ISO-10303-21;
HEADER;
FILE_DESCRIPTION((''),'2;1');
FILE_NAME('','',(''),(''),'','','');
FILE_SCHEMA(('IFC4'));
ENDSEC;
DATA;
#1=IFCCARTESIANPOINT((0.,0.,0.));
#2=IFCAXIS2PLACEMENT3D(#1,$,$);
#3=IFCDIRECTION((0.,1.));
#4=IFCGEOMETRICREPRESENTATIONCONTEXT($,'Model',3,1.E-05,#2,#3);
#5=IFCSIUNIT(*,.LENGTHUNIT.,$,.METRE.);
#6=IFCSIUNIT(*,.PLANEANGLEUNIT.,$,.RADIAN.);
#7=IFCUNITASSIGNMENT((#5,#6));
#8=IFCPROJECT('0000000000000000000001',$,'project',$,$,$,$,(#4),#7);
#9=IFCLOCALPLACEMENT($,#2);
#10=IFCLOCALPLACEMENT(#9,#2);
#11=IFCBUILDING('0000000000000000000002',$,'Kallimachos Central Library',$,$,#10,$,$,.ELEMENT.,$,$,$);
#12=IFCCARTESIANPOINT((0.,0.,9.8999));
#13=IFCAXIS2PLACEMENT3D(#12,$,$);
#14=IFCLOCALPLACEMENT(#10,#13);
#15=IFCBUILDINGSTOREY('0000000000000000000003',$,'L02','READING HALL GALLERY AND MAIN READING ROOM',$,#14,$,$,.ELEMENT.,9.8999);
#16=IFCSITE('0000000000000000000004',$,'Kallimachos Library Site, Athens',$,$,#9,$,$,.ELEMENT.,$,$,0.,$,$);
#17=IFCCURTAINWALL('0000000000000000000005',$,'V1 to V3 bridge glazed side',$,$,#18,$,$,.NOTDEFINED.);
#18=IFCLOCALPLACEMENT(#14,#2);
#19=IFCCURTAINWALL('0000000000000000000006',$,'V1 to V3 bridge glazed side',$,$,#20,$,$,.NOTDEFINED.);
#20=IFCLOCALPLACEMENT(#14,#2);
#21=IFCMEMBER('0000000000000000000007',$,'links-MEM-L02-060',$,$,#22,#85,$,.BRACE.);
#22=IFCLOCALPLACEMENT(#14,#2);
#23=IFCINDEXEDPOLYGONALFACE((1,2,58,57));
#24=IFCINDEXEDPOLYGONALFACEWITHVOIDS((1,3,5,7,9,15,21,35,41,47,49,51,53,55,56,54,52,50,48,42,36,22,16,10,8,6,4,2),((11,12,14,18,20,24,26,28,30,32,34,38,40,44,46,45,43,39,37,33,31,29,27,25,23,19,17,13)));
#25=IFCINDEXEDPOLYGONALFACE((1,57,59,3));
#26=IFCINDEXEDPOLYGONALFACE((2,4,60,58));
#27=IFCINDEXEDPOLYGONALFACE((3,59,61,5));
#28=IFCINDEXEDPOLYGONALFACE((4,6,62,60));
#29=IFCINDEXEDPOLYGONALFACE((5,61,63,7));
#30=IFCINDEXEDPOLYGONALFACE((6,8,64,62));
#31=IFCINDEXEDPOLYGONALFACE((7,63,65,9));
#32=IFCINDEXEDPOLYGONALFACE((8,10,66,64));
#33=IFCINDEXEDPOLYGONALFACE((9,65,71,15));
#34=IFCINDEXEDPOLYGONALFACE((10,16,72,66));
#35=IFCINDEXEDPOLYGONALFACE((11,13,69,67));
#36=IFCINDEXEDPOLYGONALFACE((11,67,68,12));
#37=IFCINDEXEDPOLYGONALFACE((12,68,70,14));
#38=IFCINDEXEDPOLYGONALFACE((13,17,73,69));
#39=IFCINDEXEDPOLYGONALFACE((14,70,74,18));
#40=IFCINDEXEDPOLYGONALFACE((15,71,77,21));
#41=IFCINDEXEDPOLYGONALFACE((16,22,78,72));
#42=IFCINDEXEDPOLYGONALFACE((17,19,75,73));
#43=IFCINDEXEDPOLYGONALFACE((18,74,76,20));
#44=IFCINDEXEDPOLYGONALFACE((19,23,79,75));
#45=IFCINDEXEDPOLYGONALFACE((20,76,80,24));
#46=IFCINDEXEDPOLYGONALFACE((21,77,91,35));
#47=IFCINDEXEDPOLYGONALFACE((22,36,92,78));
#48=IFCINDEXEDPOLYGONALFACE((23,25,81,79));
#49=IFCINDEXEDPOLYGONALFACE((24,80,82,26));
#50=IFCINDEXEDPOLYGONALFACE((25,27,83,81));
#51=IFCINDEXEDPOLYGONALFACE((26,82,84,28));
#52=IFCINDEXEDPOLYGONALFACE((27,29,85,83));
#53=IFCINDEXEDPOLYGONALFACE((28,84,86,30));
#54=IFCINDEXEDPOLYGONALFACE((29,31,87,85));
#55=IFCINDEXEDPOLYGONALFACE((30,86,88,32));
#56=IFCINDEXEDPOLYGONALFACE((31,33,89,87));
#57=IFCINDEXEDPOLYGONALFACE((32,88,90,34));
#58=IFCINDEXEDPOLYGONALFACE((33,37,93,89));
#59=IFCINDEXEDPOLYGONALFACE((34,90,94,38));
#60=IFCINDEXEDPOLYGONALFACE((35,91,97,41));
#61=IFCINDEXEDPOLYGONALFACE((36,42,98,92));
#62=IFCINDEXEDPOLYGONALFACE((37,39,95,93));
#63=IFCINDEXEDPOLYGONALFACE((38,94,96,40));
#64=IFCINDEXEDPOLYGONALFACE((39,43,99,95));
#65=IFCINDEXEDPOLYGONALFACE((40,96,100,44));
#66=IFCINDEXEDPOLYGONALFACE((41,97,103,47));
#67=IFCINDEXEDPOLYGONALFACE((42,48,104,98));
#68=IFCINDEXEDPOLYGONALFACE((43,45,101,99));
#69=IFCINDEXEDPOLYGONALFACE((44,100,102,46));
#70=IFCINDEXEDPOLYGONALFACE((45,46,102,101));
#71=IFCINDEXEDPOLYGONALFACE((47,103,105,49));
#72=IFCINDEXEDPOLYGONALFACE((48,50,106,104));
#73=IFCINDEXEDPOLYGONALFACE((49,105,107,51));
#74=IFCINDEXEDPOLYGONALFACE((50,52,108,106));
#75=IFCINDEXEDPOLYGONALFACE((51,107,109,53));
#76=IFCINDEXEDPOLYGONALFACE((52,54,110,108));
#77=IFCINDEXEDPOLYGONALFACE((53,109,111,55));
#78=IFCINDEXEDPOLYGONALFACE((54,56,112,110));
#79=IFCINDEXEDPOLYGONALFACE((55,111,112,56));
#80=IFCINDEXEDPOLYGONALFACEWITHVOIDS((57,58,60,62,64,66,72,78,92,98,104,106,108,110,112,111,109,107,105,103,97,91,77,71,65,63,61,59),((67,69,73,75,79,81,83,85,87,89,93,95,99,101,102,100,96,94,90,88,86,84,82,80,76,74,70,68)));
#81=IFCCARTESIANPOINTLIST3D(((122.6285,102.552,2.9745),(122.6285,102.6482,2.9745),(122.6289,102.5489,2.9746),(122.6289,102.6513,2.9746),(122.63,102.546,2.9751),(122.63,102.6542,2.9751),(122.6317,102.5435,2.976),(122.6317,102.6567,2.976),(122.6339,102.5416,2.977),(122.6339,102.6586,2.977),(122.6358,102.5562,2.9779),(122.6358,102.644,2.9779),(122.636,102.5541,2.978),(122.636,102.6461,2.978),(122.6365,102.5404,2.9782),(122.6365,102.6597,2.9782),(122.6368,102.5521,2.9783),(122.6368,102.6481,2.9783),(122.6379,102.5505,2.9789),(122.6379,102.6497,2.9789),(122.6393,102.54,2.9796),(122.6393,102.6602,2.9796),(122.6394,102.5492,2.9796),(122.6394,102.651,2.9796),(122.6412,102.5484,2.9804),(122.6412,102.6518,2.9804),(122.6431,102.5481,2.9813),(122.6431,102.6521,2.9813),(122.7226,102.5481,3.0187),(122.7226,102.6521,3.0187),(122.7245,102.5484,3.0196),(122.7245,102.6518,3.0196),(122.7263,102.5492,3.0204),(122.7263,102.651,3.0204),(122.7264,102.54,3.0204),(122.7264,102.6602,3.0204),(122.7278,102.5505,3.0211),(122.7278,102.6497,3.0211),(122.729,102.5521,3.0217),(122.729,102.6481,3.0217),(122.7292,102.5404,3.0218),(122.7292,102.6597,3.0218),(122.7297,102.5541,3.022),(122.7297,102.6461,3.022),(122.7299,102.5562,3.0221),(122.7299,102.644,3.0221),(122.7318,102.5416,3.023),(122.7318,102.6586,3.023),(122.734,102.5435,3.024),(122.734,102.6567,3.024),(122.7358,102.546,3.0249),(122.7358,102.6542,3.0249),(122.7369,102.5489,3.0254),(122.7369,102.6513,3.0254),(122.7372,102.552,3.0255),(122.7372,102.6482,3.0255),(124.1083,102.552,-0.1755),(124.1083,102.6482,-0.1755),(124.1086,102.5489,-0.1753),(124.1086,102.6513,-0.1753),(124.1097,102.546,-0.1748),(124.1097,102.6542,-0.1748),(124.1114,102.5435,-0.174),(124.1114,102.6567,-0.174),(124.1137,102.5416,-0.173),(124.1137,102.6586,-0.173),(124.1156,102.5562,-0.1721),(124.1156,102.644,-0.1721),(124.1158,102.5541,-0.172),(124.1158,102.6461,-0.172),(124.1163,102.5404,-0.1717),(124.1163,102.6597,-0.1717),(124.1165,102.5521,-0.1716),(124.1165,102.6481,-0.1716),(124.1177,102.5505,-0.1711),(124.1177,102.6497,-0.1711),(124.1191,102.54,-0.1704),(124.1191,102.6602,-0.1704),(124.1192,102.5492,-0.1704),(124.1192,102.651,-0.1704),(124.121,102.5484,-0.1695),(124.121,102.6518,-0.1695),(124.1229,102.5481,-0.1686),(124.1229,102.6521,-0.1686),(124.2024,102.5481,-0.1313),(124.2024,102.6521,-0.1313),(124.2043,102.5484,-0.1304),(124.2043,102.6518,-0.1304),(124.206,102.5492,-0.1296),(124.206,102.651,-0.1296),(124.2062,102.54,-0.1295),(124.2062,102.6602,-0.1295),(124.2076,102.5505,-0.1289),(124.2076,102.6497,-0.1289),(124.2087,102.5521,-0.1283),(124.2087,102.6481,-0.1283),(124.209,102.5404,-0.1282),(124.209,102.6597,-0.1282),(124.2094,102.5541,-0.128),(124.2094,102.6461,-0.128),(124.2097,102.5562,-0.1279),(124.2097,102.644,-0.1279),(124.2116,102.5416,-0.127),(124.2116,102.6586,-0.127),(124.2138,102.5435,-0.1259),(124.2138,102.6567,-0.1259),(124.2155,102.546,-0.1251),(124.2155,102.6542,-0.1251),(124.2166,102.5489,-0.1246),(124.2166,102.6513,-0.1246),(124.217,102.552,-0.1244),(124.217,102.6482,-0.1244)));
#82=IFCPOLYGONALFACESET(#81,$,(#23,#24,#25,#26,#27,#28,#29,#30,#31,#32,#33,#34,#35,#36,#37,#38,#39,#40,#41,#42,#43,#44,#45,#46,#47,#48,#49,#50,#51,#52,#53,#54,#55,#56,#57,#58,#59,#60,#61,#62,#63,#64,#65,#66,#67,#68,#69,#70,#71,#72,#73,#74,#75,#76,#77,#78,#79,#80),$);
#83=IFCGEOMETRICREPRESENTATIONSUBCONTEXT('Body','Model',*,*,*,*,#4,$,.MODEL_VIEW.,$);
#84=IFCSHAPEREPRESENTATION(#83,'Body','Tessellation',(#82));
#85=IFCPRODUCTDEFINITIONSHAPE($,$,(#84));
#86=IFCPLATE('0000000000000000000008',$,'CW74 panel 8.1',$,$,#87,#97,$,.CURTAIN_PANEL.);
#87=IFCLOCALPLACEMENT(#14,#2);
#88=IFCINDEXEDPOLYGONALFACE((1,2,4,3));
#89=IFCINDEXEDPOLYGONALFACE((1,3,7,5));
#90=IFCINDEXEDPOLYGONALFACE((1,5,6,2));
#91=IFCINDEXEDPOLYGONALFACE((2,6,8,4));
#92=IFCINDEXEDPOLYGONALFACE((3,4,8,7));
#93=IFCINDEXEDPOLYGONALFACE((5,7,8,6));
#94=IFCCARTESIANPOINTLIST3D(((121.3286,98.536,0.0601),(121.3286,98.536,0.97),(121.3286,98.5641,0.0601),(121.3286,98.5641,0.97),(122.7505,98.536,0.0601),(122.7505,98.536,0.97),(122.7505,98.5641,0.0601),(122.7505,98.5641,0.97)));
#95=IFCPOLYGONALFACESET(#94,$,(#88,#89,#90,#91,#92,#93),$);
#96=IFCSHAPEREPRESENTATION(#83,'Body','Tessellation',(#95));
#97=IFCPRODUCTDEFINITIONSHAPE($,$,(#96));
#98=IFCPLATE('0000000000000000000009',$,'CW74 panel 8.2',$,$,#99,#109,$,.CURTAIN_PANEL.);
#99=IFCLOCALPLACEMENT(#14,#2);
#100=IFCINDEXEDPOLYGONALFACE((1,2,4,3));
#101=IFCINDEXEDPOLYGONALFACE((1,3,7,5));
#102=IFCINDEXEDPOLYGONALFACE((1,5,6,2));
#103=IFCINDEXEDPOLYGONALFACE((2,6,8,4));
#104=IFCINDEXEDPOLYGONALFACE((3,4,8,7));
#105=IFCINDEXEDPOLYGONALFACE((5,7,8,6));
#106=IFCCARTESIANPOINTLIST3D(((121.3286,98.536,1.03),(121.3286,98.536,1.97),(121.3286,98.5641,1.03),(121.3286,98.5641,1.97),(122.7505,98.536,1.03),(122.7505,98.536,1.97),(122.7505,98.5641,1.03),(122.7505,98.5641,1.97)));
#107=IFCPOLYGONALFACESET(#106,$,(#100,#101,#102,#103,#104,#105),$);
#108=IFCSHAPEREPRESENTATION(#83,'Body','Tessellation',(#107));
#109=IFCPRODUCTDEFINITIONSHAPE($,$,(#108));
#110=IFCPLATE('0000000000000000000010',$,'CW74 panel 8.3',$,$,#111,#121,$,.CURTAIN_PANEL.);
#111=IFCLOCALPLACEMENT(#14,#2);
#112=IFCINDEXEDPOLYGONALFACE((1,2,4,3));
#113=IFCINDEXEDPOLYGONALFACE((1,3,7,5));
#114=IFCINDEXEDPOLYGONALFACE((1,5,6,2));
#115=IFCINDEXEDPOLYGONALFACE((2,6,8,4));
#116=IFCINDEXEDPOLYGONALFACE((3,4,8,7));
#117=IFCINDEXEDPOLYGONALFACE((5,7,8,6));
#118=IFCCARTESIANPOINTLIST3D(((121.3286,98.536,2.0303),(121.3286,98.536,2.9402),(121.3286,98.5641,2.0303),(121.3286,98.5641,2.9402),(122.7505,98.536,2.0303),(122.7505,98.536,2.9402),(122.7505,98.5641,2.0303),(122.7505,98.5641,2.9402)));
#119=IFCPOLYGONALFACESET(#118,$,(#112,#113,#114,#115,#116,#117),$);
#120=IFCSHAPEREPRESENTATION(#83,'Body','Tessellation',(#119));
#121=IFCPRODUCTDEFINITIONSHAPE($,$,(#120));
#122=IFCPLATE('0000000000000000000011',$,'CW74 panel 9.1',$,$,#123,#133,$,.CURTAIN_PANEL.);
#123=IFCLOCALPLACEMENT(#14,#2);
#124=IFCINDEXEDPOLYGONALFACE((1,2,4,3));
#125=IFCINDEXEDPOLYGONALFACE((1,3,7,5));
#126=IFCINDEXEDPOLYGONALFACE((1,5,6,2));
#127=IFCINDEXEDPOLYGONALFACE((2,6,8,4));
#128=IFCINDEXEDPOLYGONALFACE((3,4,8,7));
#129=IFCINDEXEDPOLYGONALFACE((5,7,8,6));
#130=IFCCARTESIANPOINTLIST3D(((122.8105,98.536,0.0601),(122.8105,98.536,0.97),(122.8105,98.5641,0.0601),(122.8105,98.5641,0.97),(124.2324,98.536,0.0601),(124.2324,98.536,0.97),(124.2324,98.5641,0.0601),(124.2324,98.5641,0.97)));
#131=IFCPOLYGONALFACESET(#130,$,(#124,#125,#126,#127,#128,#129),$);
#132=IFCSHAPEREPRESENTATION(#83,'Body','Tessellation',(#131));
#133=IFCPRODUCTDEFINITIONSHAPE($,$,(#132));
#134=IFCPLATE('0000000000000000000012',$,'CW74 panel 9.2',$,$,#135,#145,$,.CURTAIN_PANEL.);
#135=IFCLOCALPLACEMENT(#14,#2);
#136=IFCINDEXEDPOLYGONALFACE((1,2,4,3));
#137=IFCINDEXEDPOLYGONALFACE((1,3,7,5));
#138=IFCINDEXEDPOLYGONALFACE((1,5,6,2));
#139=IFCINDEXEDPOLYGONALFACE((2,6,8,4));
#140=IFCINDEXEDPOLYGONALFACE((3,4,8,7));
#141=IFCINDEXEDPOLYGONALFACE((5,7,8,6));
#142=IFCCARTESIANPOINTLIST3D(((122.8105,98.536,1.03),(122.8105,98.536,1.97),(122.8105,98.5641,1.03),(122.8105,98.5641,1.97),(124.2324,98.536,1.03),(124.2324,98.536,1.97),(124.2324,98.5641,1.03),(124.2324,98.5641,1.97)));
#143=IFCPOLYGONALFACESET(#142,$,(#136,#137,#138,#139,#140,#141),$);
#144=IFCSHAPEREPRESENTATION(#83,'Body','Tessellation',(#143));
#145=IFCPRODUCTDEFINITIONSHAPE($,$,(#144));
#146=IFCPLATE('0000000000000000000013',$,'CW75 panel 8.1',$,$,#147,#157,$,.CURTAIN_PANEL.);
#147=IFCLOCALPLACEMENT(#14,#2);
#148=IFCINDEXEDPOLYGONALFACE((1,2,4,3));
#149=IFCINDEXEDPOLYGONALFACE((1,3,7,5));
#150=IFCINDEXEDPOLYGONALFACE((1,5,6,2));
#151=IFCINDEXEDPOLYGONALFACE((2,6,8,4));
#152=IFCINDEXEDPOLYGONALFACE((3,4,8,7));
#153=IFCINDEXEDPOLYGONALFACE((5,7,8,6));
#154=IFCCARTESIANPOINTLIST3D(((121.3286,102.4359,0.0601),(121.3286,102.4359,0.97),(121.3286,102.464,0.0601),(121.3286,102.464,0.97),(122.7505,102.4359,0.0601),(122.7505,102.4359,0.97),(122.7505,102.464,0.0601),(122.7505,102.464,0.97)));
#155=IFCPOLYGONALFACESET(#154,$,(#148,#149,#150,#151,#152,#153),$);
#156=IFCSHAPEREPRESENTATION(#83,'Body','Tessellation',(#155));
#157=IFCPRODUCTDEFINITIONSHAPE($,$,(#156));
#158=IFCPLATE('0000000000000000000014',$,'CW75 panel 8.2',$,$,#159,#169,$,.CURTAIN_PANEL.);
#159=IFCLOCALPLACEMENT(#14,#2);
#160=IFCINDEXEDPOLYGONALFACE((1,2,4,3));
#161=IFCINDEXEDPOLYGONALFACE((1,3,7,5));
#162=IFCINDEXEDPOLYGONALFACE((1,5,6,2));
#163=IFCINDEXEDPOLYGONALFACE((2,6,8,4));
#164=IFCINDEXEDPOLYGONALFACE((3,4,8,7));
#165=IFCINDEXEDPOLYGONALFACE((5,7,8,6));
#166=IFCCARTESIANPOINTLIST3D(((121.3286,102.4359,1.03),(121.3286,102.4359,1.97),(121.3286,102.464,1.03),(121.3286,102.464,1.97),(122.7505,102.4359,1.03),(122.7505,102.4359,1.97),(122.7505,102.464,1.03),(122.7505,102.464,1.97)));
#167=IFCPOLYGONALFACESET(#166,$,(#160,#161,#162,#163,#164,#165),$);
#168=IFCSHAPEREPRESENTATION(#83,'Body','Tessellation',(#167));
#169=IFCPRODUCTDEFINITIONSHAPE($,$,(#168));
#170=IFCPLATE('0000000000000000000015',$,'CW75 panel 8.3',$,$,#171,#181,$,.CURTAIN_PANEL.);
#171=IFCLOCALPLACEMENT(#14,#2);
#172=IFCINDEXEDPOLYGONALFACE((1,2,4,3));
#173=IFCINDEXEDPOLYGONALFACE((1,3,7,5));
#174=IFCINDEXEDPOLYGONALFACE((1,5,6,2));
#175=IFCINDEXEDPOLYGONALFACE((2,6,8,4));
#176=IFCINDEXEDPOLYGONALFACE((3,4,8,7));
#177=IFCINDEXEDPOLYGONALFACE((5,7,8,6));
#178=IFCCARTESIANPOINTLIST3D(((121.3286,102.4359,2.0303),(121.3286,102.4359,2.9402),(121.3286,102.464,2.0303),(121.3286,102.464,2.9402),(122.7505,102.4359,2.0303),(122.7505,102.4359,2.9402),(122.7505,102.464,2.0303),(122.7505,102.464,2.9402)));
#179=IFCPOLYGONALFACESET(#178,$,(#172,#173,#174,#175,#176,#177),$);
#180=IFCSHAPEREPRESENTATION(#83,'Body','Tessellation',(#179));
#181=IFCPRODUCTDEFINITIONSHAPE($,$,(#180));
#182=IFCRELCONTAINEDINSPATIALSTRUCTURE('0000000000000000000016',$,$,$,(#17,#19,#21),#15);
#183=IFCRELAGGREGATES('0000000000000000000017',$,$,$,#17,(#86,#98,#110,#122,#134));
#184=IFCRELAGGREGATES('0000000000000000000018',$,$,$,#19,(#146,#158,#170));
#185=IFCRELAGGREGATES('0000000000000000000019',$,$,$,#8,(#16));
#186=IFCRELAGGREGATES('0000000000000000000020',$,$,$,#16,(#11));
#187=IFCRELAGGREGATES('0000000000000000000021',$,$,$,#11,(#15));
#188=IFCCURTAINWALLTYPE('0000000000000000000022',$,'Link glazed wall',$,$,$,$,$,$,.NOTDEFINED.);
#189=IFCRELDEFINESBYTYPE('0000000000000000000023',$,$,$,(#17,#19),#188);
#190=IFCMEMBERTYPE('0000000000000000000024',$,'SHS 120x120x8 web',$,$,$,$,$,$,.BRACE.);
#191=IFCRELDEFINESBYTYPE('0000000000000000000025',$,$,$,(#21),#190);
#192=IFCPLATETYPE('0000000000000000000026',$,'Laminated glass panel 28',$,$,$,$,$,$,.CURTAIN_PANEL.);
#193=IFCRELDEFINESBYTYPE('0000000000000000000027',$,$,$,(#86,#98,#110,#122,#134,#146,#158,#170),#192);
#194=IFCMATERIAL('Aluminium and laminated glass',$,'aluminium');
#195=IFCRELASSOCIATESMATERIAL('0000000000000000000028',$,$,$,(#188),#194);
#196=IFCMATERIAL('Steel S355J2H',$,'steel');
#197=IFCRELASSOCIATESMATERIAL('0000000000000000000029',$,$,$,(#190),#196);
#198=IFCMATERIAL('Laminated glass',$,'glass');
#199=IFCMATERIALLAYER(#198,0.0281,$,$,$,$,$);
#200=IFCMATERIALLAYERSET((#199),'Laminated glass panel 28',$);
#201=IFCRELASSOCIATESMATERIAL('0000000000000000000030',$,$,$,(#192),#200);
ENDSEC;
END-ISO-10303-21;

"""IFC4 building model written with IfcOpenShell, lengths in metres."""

from ifc_helpers import new_model, si_unit, direction, frame, origin, origin_2d, place, context, subcontext, project, spatial, rectangle, hollow_rectangle, extrude, material, layer, layer_set, material_profile, profile_set, type_object, element, aggregate, save


model = new_model("IFC4")

# Units and contexts
model_context = context("Model", 3, precision=1e-05, world=origin(), true_north=direction((0.0, 1.0)))
body_context = subcontext(model_context, "Body", "Model", "MODEL_VIEW")
ifc_project = project(units=[si_unit("LENGTHUNIT", "METRE"), si_unit("PLANEANGLEUNIT", "RADIAN")], contexts=[model_context])

# Site, building, storey
site_placement = place(None, origin())
site = spatial("IfcSite", under=ifc_project, at=site_placement, Name="Kallimachos Library Site, Athens", CompositionType="ELEMENT", RefElevation=0.0)
building_placement = place(site_placement, origin())
building = spatial("IfcBuilding", under=site, at=building_placement, Name="Kallimachos Central Library", CompositionType="ELEMENT")
storey_placement = place(building_placement, frame((0.0, 0.0, 9.8999)))
storey = spatial("IfcBuildingStorey", under=building, at=storey_placement, Name="L02", Description="READING HALL GALLERY AND MAIN READING ROOM", CompositionType="ELEMENT", Elevation=9.8999)

# Curtain walls
ifc_material_1 = material(Name="Aluminium and laminated glass", Category="aluminium")
curtain_wall_type = type_object("IfcCurtainWallType", Name="Link glazed wall", PredefinedType="NOTDEFINED", material=ifc_material_1)
curtain_wall_1_placement = place(storey_placement, origin())
curtain_wall_1 = element("IfcCurtainWall", 1, at=curtain_wall_1_placement, inside=storey, type_object=curtain_wall_type, Name="V1 to V3 bridge glazed side", PredefinedType="NOTDEFINED")
curtain_wall_2_placement = place(storey_placement, origin())
curtain_wall_2 = element("IfcCurtainWall", 2, at=curtain_wall_2_placement, inside=storey, type_object=curtain_wall_type, Name="V1 to V3 bridge glazed side", PredefinedType="NOTDEFINED")

# Member
ifc_material_2 = material(Name="Steel S355J2H", Category="steel")
ifc_material_profile_1 = material_profile(ifc_material_2, hollow_rectangle(XDim=0.1201, YDim=0.1201, WallThickness=0.0081, InnerFilletRadius=0.0081, OuterFilletRadius=0.012, at=origin_2d()), Name="SHS 120x120x8")
ifc_profile_set_1 = profile_set([ifc_material_profile_1], Name="Steel S355J2H")
member_type_1 = type_object("IfcMemberType", Name="SHS 120x120x8 web", PredefinedType="BRACE", material=ifc_profile_set_1)
for number, where, z_axis, x_axis, name in (
    (3, (122.6829, 102.6001, 3.0), (0.425192, 0.0, -0.905103), (0.0, 1.0, 0.0), "links-MEM-L02-060"),
):
    element("IfcMember", number, at=place(storey_placement, frame(where, z_axis=z_axis, x_axis=x_axis)), inside=storey, type_object=member_type_1, Name=name, PredefinedType="BRACE", context=body_context, shape_type="SweptSolid", body=[
        extrude(hollow_rectangle(XDim=0.1201, YDim=0.1201, WallThickness=0.0081, InnerFilletRadius=0.0081, OuterFilletRadius=0.012, at=origin_2d()), origin(), (0.0, 0.0, 1.0), 3.4802),
    ])

# Plates
ifc_material_3 = material(Name="Laminated glass", Category="glass")
ifc_layer = layer(ifc_material_3, 0.0281)
ifc_layer_set = layer_set([ifc_layer], Name="Laminated glass panel 28")
plate_type = type_object("IfcPlateType", Name="Laminated glass panel 28", PredefinedType="CURTAIN_PANEL", material=ifc_layer_set)
plate_1_placement = place(storey_placement, frame((122.0396, 98.55, 0.0601), z_axis=(0.0, 0.0, 1.0), x_axis=(1.0, 0.0, 0.0)))
plate_1 = element("IfcPlate", 4, at=plate_1_placement, type_object=plate_type, Name="CW74 panel 8.1", PredefinedType="CURTAIN_PANEL", context=body_context, shape_type="SweptSolid", body=[
    extrude(rectangle(XDim=1.4219, YDim=0.0281, at=origin_2d()), origin(), (0.0, 0.0, 1.0), 0.9099),
])
plate_2_placement = place(storey_placement, frame((122.0396, 98.55, 1.03), z_axis=(0.0, 0.0, 1.0), x_axis=(1.0, 0.0, 0.0)))
plate_2 = element("IfcPlate", 5, at=plate_2_placement, type_object=plate_type, Name="CW74 panel 8.2", PredefinedType="CURTAIN_PANEL", context=body_context, shape_type="SweptSolid", body=[
    extrude(rectangle(XDim=1.4219, YDim=0.0281, at=origin_2d()), origin(), (0.0, 0.0, 1.0), 0.9399),
])
plate_3_placement = place(storey_placement, frame((122.0396, 98.55, 2.0303), z_axis=(0.0, 0.0, 1.0), x_axis=(1.0, 0.0, 0.0)))
plate_3 = element("IfcPlate", 6, at=plate_3_placement, type_object=plate_type, Name="CW74 panel 8.3", PredefinedType="CURTAIN_PANEL", context=body_context, shape_type="SweptSolid", body=[
    extrude(rectangle(XDim=1.4219, YDim=0.0281, at=origin_2d()), origin(), (0.0, 0.0, 1.0), 0.9099),
])
plate_4_placement = place(storey_placement, frame((123.5215, 98.55, 0.0601), z_axis=(0.0, 0.0, 1.0), x_axis=(1.0, 0.0, 0.0)))
plate_4 = element("IfcPlate", 7, at=plate_4_placement, type_object=plate_type, Name="CW74 panel 9.1", PredefinedType="CURTAIN_PANEL", context=body_context, shape_type="SweptSolid", body=[
    extrude(rectangle(XDim=1.4219, YDim=0.0281, at=origin_2d()), origin(), (0.0, 0.0, 1.0), 0.9099),
])
plate_5_placement = place(storey_placement, frame((123.5215, 98.55, 1.03), z_axis=(0.0, 0.0, 1.0), x_axis=(1.0, 0.0, 0.0)))
plate_5 = element("IfcPlate", 8, at=plate_5_placement, type_object=plate_type, Name="CW74 panel 9.2", PredefinedType="CURTAIN_PANEL", context=body_context, shape_type="SweptSolid", body=[
    extrude(rectangle(XDim=1.4219, YDim=0.0281, at=origin_2d()), origin(), (0.0, 0.0, 1.0), 0.9399),
])
aggregate(curtain_wall_1, [plate_1, plate_2, plate_3, plate_4, plate_5])
plate_6_placement = place(storey_placement, frame((122.0396, 102.45, 0.0601), z_axis=(0.0, 0.0, 1.0), x_axis=(1.0, 0.0, 0.0)))
plate_6 = element("IfcPlate", 9, at=plate_6_placement, type_object=plate_type, Name="CW75 panel 8.1", PredefinedType="CURTAIN_PANEL", context=body_context, shape_type="SweptSolid", body=[
    extrude(rectangle(XDim=1.4219, YDim=0.0281, at=origin_2d()), origin(), (0.0, 0.0, 1.0), 0.9099),
])
plate_7_placement = place(storey_placement, frame((122.0396, 102.45, 1.03), z_axis=(0.0, 0.0, 1.0), x_axis=(1.0, 0.0, 0.0)))
plate_7 = element("IfcPlate", 10, at=plate_7_placement, type_object=plate_type, Name="CW75 panel 8.2", PredefinedType="CURTAIN_PANEL", context=body_context, shape_type="SweptSolid", body=[
    extrude(rectangle(XDim=1.4219, YDim=0.0281, at=origin_2d()), origin(), (0.0, 0.0, 1.0), 0.9399),
])
plate_8_placement = place(storey_placement, frame((122.0396, 102.45, 2.0303), z_axis=(0.0, 0.0, 1.0), x_axis=(1.0, 0.0, 0.0)))
plate_8 = element("IfcPlate", 11, at=plate_8_placement, type_object=plate_type, Name="CW75 panel 8.3", PredefinedType="CURTAIN_PANEL", context=body_context, shape_type="SweptSolid", body=[
    extrude(rectangle(XDim=1.4219, YDim=0.0281, at=origin_2d()), origin(), (0.0, 0.0, 1.0), 0.9099),
])
aggregate(curtain_wall_2, [plate_6, plate_7, plate_8])

save(model, "model.ifc")
